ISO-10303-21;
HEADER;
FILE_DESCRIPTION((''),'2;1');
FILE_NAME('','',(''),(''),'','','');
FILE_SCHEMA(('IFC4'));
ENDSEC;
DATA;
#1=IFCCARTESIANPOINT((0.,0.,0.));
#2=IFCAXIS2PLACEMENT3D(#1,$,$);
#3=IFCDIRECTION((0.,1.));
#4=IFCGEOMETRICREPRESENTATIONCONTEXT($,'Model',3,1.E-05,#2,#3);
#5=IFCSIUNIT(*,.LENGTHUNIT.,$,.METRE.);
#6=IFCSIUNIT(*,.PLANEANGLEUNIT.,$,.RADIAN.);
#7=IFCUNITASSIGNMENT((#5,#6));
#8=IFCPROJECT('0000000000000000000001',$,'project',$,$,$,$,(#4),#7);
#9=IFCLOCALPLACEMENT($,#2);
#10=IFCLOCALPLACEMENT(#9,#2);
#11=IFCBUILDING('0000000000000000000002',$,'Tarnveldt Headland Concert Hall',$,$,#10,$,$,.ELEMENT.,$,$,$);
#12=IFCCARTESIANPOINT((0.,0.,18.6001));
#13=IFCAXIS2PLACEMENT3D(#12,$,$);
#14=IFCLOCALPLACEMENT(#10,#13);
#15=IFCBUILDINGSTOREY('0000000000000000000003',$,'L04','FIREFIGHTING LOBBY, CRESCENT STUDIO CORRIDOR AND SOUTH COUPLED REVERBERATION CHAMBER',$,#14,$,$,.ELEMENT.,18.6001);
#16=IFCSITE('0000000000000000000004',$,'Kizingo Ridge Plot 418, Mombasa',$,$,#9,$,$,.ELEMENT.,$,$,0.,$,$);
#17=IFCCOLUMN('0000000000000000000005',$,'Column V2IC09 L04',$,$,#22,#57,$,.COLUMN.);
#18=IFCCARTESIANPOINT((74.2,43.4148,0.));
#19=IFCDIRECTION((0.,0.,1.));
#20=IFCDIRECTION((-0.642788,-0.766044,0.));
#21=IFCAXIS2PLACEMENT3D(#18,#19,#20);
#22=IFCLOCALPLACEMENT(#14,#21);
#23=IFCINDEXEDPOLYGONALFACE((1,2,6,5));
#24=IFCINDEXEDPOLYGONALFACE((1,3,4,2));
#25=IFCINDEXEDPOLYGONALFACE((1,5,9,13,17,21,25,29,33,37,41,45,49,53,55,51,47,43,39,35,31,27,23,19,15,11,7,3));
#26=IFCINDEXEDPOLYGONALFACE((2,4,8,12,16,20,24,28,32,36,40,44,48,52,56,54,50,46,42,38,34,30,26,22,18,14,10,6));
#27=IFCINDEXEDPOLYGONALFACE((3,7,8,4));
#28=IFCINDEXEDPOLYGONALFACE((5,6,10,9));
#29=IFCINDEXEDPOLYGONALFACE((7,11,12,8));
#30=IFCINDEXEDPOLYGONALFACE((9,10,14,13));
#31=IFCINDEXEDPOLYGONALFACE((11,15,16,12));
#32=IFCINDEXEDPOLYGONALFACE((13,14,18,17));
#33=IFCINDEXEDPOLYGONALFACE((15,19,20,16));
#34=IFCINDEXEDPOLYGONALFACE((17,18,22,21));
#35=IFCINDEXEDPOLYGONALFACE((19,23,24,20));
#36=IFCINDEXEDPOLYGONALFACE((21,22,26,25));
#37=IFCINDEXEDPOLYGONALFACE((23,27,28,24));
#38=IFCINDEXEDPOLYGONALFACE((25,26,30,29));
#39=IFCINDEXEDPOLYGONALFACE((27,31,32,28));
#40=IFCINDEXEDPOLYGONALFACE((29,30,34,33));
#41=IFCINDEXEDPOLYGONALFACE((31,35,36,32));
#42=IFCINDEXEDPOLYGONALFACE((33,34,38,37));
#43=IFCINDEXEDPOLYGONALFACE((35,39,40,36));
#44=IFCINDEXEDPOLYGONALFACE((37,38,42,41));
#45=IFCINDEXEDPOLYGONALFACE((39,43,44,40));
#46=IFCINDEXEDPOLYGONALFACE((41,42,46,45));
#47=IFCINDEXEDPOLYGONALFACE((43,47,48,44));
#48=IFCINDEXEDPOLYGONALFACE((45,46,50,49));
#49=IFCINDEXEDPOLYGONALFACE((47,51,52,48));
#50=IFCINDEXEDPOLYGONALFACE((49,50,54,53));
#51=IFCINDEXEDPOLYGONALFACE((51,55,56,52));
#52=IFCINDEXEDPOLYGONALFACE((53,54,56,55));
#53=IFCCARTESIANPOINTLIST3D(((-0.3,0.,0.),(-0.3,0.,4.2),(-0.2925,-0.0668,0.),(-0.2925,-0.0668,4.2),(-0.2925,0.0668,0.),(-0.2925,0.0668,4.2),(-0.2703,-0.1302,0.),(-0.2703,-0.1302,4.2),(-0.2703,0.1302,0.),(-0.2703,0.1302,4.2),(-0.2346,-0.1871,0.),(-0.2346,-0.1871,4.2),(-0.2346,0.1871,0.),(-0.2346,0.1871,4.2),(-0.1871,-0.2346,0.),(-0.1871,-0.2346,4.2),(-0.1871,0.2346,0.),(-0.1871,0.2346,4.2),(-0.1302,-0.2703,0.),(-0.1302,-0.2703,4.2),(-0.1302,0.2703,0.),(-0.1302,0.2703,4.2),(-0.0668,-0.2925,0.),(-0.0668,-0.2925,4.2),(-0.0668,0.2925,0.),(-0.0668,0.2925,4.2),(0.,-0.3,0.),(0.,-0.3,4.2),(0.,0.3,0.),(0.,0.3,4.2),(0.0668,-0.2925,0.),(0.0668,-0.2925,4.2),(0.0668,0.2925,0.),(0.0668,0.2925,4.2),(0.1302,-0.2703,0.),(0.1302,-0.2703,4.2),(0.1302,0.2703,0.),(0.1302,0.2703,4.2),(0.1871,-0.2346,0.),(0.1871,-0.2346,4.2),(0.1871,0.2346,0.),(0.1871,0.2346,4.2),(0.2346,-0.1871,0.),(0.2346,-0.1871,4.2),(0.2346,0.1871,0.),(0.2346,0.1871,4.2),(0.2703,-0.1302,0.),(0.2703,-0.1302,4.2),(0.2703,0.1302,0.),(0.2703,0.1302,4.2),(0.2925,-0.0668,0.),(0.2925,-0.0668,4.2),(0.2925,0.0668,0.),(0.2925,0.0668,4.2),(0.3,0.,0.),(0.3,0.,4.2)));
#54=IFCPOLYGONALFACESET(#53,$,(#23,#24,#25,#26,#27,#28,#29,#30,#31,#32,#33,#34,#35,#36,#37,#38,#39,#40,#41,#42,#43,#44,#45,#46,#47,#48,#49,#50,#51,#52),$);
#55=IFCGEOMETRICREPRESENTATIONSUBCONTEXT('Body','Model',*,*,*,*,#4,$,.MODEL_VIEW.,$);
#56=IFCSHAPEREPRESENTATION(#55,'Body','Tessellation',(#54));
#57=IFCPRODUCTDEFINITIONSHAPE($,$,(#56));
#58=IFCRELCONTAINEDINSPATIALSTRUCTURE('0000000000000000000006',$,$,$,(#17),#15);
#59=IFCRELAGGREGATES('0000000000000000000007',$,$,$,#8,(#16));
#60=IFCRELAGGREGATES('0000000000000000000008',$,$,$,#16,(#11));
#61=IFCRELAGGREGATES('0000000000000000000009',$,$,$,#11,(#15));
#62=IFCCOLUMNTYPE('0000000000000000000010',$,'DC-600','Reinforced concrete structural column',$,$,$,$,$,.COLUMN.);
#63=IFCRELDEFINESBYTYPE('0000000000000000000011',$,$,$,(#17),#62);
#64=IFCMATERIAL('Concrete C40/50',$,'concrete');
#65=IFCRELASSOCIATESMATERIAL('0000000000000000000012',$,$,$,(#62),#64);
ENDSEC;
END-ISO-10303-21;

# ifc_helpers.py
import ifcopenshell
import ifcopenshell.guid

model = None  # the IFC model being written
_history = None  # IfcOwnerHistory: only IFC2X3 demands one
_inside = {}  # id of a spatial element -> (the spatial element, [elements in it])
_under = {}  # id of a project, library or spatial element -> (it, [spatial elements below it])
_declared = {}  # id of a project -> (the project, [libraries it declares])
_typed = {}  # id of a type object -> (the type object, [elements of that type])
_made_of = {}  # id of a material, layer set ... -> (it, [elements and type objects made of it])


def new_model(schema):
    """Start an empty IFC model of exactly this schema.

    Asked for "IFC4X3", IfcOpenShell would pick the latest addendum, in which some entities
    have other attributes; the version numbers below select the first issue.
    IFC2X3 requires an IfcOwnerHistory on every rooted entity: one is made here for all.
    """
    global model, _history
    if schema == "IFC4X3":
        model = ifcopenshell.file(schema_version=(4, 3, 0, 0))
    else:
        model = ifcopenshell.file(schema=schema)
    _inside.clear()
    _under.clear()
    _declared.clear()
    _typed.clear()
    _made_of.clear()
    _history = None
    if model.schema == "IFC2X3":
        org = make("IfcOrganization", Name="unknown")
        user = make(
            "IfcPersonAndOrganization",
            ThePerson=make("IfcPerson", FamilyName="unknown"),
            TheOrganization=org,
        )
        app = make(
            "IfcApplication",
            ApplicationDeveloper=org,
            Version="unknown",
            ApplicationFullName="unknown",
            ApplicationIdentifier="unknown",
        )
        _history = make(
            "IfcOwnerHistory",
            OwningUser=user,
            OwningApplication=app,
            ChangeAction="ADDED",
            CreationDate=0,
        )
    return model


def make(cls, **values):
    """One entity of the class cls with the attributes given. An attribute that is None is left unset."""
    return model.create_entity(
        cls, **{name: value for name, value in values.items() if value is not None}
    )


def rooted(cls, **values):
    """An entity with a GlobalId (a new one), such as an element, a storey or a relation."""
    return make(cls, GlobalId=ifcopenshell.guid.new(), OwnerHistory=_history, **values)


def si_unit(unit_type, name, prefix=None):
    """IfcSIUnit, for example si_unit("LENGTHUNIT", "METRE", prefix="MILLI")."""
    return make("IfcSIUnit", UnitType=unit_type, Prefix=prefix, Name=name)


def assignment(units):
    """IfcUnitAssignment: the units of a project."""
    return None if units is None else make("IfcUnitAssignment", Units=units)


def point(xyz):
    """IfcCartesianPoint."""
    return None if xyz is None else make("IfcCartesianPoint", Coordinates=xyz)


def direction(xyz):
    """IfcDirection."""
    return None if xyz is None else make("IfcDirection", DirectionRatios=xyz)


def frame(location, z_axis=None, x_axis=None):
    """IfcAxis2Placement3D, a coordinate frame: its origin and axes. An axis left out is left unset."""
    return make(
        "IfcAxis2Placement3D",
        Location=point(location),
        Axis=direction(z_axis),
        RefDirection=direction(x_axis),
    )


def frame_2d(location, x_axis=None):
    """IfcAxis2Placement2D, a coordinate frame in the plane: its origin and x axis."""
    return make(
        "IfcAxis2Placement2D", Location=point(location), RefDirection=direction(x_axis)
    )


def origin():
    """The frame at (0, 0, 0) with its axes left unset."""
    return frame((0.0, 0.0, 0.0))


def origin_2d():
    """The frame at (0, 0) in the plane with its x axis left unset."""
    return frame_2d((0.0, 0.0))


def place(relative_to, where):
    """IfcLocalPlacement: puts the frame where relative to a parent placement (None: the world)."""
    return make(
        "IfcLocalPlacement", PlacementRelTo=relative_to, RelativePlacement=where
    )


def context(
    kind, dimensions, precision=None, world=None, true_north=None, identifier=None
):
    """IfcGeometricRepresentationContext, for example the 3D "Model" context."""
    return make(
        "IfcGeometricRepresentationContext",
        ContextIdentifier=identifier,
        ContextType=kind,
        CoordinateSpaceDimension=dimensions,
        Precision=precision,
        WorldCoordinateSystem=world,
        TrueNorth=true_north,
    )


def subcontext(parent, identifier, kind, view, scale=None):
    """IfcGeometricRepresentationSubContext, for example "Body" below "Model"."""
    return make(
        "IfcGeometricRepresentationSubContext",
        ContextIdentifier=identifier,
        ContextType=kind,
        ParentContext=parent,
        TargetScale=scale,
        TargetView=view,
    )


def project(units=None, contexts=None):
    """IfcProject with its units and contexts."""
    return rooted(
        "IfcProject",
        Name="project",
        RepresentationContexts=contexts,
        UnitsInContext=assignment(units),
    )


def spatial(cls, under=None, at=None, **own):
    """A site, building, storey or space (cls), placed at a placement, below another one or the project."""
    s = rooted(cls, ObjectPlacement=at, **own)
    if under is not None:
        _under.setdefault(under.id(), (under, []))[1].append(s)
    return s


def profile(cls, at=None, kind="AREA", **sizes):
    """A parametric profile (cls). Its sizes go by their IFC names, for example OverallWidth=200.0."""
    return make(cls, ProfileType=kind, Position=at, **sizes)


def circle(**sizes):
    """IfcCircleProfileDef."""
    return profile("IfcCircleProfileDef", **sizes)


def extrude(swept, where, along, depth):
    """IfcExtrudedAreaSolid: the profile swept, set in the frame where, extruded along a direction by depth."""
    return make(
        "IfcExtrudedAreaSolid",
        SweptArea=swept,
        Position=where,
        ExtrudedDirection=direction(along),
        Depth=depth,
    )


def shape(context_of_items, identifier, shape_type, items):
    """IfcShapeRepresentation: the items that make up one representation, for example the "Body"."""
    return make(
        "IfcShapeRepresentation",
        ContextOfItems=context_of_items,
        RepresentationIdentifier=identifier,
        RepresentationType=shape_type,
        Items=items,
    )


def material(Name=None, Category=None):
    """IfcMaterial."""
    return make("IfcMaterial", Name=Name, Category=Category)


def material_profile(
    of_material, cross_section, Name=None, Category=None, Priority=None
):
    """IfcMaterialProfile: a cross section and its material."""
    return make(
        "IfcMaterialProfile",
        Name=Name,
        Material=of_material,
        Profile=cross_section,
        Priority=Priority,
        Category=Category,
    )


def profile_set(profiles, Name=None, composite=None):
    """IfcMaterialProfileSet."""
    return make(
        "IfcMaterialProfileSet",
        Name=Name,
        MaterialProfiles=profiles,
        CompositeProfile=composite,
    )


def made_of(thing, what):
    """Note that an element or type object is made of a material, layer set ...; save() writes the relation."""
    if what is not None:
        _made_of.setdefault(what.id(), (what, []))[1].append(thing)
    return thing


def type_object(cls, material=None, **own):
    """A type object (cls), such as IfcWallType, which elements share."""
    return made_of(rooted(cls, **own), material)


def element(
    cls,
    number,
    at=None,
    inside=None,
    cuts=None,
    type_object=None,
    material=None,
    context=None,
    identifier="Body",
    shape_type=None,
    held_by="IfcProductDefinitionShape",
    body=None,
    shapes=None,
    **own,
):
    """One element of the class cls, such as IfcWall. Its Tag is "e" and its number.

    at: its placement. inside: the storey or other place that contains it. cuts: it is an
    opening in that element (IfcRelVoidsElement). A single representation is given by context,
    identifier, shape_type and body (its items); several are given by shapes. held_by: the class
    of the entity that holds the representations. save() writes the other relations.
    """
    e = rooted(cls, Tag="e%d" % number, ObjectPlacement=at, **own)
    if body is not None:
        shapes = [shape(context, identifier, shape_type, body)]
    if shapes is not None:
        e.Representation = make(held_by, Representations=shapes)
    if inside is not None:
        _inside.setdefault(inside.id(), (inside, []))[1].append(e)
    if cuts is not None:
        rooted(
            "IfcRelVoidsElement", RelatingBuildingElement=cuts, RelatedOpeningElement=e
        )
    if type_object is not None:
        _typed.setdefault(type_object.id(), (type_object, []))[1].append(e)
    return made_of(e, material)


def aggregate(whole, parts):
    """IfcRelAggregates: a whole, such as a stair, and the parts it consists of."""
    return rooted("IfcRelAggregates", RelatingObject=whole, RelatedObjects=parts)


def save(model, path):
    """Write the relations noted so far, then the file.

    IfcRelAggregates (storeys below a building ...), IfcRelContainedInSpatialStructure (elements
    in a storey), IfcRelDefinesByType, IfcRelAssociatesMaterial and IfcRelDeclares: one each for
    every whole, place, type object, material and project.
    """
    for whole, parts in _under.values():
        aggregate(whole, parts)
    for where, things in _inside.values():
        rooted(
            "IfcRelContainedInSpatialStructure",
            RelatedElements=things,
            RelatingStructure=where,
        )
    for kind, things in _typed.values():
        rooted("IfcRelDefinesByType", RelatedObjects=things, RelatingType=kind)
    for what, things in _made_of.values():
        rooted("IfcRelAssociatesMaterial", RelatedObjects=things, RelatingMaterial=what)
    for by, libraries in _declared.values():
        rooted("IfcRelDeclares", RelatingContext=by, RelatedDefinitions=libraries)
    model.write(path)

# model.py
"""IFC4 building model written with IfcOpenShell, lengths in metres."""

from ifc_helpers import new_model, si_unit, direction, frame, origin, origin_2d, place, context, subcontext, project, spatial, circle, extrude, material, material_profile, profile_set, type_object, element, save


model = new_model("IFC4")

# Units and contexts
model_context = context("Model", 3, precision=1e-05, world=origin(), true_north=direction((0.0, 1.0)))
body_context = subcontext(model_context, "Body", "Model", "MODEL_VIEW")
ifc_project = project(units=[si_unit("LENGTHUNIT", "METRE"), si_unit("PLANEANGLEUNIT", "RADIAN")], contexts=[model_context])

# Site, building, storey
site_placement = place(None, origin())
site = spatial("IfcSite", under=ifc_project, at=site_placement, Name="Kizingo Ridge Plot 418, Mombasa", CompositionType="ELEMENT", RefElevation=0.0)
building_placement = place(site_placement, origin())
building = spatial("IfcBuilding", under=site, at=building_placement, Name="Tarnveldt Headland Concert Hall", CompositionType="ELEMENT")
storey_placement = place(building_placement, frame((0.0, 0.0, 18.6001)))
storey = spatial("IfcBuildingStorey", under=building, at=storey_placement, Name="L04", Description="FIREFIGHTING LOBBY, CRESCENT STUDIO CORRIDOR AND SOUTH COUPLED REVERBERATION CHAMBER", CompositionType="ELEMENT", Elevation=18.6001)

# Column
ifc_material_1 = material(Name="Concrete C40/50", Category="concrete")
ifc_material_profile_1 = material_profile(ifc_material_1, circle(Radius=0.3, at=origin_2d()), Name="RC D600", Category="concrete")
ifc_profile_set_1 = profile_set([ifc_material_profile_1], Name="Concrete C40/50")
column_type_1 = type_object("IfcColumnType", Name="DC-600", Description="Reinforced concrete structural column", PredefinedType="COLUMN", material=ifc_profile_set_1)
column_1_placement = place(storey_placement, frame((74.2, 43.4148, 0.0), z_axis=(0.0, 0.0, 1.0), x_axis=(-0.642788, -0.766044, 0.0)))
element("IfcColumn", 1, at=column_1_placement, inside=storey, type_object=column_type_1, Name="Column V2IC09 L04", PredefinedType="COLUMN", context=body_context, shape_type="SweptSolid", body=[
    extrude(circle(Radius=0.3, at=origin_2d()), origin(), (0.0, 0.0, 1.0), 4.2),
])

save(model, "model.ifc")
